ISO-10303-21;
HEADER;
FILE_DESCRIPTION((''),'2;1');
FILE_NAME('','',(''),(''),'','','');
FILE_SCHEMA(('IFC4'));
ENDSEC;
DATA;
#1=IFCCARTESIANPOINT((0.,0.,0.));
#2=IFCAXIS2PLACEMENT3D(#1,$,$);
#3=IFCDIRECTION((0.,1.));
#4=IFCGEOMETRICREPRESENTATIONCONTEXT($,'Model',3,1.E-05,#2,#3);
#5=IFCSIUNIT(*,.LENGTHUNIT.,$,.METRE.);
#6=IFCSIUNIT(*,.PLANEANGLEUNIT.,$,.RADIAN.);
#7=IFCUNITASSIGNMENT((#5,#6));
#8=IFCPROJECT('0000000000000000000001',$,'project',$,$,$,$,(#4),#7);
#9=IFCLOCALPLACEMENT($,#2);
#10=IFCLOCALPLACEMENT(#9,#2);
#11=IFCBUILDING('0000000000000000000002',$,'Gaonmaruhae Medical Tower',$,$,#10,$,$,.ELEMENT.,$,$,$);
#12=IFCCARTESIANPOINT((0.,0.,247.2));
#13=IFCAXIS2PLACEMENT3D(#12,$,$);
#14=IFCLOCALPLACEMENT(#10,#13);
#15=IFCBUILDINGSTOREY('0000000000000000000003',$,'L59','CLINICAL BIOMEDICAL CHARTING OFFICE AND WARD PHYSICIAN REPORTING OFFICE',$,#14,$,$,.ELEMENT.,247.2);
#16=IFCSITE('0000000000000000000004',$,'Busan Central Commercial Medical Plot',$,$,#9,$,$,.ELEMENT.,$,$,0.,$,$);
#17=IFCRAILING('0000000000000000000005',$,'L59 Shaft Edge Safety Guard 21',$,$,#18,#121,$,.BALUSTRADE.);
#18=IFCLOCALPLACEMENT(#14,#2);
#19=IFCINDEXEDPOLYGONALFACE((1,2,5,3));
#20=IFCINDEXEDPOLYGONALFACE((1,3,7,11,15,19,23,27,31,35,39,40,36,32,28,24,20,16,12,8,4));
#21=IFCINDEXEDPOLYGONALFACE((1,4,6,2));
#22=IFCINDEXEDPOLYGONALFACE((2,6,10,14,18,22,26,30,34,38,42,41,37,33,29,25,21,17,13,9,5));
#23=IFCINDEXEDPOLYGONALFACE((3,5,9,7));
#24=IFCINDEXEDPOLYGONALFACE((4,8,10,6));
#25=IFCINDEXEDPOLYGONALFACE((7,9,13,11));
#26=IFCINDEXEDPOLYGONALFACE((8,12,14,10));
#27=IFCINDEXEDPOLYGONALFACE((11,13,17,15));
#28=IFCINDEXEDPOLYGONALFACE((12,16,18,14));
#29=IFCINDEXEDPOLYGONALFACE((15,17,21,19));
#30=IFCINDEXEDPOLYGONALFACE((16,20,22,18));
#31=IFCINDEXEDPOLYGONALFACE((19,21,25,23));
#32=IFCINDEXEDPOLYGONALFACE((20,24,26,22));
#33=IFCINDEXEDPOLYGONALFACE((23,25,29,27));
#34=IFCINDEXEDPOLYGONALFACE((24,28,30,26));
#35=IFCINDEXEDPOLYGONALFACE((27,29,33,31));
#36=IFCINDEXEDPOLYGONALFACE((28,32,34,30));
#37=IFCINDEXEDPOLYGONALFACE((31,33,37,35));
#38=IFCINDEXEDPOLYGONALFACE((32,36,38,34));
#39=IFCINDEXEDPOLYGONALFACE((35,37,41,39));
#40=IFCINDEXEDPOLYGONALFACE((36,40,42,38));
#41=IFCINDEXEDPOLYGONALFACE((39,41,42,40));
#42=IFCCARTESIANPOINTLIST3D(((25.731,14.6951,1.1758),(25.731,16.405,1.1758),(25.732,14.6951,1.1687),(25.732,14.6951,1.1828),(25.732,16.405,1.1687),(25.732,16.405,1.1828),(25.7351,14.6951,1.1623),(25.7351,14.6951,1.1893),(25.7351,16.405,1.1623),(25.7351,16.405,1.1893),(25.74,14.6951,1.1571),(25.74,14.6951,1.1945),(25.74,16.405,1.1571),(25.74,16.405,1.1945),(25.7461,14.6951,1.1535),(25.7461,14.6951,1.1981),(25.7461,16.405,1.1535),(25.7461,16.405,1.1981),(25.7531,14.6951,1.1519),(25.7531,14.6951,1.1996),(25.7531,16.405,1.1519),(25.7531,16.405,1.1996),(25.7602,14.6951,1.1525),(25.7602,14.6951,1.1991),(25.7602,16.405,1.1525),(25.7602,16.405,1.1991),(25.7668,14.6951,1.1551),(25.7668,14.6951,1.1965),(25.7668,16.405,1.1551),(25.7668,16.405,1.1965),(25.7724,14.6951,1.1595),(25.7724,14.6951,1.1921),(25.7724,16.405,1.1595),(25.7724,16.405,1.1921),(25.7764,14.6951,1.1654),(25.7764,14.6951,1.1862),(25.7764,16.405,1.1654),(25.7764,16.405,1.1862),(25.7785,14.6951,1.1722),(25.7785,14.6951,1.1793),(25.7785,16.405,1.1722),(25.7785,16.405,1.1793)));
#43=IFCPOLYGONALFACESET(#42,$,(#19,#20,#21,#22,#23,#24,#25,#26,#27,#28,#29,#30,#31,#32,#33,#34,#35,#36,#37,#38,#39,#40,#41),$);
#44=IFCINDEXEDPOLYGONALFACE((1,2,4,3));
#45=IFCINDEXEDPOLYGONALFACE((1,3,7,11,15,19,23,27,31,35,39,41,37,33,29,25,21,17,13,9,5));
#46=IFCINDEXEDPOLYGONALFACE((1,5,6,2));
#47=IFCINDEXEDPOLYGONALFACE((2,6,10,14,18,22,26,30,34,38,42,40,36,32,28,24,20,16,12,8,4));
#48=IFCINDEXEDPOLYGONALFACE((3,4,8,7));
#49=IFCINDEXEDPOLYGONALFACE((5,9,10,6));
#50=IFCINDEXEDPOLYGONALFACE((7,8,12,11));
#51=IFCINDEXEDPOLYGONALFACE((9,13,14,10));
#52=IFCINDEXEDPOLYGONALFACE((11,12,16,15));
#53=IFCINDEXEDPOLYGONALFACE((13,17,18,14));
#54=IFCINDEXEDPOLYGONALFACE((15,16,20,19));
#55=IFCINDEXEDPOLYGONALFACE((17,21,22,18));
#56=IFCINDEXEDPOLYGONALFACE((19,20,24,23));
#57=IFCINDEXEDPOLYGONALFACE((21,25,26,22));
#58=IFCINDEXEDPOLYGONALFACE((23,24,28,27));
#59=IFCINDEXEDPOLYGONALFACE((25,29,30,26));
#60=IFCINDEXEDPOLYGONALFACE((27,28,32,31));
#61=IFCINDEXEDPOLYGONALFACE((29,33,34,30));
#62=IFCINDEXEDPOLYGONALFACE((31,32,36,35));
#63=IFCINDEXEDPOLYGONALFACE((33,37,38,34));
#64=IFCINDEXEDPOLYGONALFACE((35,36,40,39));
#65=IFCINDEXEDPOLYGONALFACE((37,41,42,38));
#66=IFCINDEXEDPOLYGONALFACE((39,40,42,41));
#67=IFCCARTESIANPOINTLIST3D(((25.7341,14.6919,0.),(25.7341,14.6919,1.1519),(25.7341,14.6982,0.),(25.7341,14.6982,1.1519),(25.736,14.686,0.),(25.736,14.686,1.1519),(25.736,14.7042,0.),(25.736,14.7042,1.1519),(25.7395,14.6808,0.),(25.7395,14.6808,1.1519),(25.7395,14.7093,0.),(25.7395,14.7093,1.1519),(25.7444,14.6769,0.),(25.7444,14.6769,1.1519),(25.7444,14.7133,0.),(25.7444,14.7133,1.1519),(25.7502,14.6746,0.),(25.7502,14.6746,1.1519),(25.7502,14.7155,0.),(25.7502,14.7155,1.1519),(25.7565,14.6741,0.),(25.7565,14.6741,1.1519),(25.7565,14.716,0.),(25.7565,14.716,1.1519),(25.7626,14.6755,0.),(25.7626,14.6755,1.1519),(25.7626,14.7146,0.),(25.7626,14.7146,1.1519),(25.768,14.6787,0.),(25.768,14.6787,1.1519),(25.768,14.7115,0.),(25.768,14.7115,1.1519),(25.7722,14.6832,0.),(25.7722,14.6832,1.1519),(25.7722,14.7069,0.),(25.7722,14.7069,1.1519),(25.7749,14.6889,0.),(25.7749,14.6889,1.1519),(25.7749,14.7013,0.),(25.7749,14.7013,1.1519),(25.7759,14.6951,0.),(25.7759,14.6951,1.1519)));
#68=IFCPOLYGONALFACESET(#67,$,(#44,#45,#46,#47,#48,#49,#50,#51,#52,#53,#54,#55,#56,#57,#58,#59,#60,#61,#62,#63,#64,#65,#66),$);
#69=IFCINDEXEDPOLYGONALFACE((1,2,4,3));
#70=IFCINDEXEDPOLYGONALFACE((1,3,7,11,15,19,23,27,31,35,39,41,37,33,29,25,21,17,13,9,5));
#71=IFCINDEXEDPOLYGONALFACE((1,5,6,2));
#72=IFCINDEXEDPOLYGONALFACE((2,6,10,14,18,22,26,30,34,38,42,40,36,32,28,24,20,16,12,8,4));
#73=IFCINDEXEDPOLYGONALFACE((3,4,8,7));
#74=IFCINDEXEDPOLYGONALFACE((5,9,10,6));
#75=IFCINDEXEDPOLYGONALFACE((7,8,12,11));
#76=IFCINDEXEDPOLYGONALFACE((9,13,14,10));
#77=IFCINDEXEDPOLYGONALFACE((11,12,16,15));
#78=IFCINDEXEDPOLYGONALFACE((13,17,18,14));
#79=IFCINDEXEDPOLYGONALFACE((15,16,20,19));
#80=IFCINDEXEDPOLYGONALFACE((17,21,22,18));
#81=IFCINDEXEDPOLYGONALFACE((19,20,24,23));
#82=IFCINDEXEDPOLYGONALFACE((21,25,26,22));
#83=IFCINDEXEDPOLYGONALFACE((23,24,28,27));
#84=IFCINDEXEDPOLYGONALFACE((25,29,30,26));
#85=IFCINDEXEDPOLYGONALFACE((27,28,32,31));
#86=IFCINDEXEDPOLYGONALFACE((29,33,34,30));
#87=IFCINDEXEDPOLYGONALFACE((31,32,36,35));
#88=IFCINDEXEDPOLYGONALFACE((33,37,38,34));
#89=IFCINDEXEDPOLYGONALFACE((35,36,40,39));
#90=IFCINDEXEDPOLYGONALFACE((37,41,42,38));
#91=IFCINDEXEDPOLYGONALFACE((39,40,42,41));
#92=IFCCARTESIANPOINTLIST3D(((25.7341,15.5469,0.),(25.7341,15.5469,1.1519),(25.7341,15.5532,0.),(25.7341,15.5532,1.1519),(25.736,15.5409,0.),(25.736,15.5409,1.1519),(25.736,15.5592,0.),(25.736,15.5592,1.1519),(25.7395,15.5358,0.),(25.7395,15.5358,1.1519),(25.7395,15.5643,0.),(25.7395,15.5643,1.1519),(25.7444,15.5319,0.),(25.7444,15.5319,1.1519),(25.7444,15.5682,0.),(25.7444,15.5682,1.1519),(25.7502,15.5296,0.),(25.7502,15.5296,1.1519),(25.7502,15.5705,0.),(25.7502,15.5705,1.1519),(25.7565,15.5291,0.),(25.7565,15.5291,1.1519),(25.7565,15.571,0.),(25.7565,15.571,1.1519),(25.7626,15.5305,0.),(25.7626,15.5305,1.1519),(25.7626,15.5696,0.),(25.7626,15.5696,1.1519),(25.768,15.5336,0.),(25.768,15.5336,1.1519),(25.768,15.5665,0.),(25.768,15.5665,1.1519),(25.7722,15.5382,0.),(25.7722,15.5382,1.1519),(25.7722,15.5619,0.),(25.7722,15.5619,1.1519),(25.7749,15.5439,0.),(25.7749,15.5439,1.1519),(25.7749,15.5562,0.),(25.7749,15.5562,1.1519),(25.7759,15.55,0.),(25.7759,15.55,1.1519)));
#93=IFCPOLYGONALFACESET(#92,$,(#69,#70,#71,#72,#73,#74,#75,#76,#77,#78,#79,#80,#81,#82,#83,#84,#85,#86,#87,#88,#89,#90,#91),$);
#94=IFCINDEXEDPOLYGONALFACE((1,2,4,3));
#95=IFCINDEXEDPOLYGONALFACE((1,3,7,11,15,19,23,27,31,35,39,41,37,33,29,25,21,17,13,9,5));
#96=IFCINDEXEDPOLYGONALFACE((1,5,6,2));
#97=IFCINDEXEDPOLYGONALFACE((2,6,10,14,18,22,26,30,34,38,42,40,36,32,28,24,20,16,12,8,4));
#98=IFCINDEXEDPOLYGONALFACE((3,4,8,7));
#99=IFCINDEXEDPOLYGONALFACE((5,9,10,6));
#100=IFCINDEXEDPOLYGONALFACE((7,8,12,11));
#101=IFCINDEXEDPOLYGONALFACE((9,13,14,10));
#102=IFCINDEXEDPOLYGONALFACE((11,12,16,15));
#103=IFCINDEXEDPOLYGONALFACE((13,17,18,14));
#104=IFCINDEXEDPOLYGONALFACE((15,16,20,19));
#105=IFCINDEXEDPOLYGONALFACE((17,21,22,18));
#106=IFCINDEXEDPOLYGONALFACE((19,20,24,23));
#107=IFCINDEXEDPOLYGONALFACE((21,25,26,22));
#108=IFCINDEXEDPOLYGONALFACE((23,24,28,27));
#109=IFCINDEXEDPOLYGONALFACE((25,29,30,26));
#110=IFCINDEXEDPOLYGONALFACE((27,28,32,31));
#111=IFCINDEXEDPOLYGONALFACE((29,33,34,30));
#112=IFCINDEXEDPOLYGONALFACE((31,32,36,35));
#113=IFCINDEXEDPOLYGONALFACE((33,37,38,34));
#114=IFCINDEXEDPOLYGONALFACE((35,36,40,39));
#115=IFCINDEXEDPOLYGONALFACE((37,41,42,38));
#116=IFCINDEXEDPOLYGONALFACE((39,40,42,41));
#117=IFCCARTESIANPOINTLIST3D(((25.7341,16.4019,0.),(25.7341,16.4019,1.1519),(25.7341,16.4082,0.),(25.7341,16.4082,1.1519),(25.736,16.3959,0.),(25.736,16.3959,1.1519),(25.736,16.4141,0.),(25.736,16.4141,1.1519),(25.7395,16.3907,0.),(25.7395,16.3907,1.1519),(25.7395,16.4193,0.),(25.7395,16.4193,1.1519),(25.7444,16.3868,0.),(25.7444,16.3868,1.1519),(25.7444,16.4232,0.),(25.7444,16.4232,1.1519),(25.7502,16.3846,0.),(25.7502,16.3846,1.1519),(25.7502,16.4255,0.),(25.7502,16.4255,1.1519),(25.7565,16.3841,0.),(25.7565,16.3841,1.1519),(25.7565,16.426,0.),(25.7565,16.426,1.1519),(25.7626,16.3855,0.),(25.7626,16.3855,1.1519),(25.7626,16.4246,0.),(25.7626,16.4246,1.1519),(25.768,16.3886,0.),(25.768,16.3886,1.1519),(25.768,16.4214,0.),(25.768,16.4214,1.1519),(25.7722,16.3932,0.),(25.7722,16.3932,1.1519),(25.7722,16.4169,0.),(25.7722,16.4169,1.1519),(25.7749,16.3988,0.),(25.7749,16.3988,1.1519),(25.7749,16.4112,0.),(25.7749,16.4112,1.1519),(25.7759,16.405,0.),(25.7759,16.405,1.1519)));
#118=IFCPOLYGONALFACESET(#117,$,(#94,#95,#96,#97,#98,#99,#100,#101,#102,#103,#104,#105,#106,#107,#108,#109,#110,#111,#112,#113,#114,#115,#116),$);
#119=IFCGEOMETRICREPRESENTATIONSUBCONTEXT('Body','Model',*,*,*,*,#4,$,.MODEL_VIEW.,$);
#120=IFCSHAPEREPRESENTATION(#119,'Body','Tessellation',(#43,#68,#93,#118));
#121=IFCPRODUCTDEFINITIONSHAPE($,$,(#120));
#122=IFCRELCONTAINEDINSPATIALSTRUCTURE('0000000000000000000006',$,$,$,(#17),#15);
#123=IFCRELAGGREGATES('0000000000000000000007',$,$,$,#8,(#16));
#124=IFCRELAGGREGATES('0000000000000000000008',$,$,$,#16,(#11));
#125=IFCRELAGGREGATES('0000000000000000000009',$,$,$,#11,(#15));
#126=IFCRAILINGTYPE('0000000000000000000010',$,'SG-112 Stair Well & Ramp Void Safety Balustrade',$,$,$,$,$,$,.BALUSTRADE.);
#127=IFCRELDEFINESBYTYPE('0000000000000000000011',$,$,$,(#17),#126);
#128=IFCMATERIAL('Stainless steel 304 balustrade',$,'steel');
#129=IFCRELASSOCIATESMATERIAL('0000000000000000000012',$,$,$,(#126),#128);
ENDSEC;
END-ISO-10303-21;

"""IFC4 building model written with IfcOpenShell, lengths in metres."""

from ifc_helpers import new_model, si_unit, direction, frame, origin, origin_2d, place, context, subcontext, project, spatial, circle, extrude, material, type_object, element, save


model = new_model("IFC4")

# Units and contexts
model_context = context("Model", 3, precision=1e-05, world=origin(), true_north=direction((0.0, 1.0)))
body_context = subcontext(model_context, "Body", "Model", "MODEL_VIEW")
ifc_project = project(units=[si_unit("LENGTHUNIT", "METRE"), si_unit("PLANEANGLEUNIT", "RADIAN")], contexts=[model_context])

# Site, building, storey
site_placement = place(None, origin())
site = spatial("IfcSite", under=ifc_project, at=site_placement, Name="Busan Central Commercial Medical Plot", CompositionType="ELEMENT", RefElevation=0.0)
building_placement = place(site_placement, origin())
building = spatial("IfcBuilding", under=site, at=building_placement, Name="Gaonmaruhae Medical Tower", CompositionType="ELEMENT")
storey_placement = place(building_placement, frame((0.0, 0.0, 247.2)))
storey = spatial("IfcBuildingStorey", under=building, at=storey_placement, Name="L59", Description="CLINICAL BIOMEDICAL CHARTING OFFICE AND WARD PHYSICIAN REPORTING OFFICE", CompositionType="ELEMENT", Elevation=247.2)

# Railing
ifc_material_1 = material(Name="Stainless steel 304 balustrade", Category="steel")
railing_type_1 = type_object("IfcRailingType", Name="SG-112 Stair Well & Ramp Void Safety Balustrade", PredefinedType="BALUSTRADE", material=ifc_material_1)
railing_1_placement = place(storey_placement, frame((25.7549, 14.6951, 0.0)))
element("IfcRailing", 1, at=railing_1_placement, inside=storey, type_object=railing_type_1, Name="L59 Shaft Edge Safety Guard 21", PredefinedType="BALUSTRADE", context=body_context, shape_type="SweptSolid", body=[
    extrude(circle(Radius=0.0239, at=origin_2d()), frame((0.0, 0.0, 1.1758), z_axis=(0.0, 1.0, 0.0), x_axis=(-1.0, 0.0, 0.0)), (0.0, 0.0, 1.0), 1.71),
    extrude(circle(Radius=0.021, at=origin_2d()), origin(), (0.0, 0.0, 1.0), 1.1519),
    extrude(circle(Radius=0.021, at=origin_2d()), frame((0.0, 0.855, 0.0)), (0.0, 0.0, 1.0), 1.1519),
    extrude(circle(Radius=0.021, at=origin_2d()), frame((0.0, 1.71, 0.0)), (0.0, 0.0, 1.0), 1.1519),
])

save(model, "model.ifc")
